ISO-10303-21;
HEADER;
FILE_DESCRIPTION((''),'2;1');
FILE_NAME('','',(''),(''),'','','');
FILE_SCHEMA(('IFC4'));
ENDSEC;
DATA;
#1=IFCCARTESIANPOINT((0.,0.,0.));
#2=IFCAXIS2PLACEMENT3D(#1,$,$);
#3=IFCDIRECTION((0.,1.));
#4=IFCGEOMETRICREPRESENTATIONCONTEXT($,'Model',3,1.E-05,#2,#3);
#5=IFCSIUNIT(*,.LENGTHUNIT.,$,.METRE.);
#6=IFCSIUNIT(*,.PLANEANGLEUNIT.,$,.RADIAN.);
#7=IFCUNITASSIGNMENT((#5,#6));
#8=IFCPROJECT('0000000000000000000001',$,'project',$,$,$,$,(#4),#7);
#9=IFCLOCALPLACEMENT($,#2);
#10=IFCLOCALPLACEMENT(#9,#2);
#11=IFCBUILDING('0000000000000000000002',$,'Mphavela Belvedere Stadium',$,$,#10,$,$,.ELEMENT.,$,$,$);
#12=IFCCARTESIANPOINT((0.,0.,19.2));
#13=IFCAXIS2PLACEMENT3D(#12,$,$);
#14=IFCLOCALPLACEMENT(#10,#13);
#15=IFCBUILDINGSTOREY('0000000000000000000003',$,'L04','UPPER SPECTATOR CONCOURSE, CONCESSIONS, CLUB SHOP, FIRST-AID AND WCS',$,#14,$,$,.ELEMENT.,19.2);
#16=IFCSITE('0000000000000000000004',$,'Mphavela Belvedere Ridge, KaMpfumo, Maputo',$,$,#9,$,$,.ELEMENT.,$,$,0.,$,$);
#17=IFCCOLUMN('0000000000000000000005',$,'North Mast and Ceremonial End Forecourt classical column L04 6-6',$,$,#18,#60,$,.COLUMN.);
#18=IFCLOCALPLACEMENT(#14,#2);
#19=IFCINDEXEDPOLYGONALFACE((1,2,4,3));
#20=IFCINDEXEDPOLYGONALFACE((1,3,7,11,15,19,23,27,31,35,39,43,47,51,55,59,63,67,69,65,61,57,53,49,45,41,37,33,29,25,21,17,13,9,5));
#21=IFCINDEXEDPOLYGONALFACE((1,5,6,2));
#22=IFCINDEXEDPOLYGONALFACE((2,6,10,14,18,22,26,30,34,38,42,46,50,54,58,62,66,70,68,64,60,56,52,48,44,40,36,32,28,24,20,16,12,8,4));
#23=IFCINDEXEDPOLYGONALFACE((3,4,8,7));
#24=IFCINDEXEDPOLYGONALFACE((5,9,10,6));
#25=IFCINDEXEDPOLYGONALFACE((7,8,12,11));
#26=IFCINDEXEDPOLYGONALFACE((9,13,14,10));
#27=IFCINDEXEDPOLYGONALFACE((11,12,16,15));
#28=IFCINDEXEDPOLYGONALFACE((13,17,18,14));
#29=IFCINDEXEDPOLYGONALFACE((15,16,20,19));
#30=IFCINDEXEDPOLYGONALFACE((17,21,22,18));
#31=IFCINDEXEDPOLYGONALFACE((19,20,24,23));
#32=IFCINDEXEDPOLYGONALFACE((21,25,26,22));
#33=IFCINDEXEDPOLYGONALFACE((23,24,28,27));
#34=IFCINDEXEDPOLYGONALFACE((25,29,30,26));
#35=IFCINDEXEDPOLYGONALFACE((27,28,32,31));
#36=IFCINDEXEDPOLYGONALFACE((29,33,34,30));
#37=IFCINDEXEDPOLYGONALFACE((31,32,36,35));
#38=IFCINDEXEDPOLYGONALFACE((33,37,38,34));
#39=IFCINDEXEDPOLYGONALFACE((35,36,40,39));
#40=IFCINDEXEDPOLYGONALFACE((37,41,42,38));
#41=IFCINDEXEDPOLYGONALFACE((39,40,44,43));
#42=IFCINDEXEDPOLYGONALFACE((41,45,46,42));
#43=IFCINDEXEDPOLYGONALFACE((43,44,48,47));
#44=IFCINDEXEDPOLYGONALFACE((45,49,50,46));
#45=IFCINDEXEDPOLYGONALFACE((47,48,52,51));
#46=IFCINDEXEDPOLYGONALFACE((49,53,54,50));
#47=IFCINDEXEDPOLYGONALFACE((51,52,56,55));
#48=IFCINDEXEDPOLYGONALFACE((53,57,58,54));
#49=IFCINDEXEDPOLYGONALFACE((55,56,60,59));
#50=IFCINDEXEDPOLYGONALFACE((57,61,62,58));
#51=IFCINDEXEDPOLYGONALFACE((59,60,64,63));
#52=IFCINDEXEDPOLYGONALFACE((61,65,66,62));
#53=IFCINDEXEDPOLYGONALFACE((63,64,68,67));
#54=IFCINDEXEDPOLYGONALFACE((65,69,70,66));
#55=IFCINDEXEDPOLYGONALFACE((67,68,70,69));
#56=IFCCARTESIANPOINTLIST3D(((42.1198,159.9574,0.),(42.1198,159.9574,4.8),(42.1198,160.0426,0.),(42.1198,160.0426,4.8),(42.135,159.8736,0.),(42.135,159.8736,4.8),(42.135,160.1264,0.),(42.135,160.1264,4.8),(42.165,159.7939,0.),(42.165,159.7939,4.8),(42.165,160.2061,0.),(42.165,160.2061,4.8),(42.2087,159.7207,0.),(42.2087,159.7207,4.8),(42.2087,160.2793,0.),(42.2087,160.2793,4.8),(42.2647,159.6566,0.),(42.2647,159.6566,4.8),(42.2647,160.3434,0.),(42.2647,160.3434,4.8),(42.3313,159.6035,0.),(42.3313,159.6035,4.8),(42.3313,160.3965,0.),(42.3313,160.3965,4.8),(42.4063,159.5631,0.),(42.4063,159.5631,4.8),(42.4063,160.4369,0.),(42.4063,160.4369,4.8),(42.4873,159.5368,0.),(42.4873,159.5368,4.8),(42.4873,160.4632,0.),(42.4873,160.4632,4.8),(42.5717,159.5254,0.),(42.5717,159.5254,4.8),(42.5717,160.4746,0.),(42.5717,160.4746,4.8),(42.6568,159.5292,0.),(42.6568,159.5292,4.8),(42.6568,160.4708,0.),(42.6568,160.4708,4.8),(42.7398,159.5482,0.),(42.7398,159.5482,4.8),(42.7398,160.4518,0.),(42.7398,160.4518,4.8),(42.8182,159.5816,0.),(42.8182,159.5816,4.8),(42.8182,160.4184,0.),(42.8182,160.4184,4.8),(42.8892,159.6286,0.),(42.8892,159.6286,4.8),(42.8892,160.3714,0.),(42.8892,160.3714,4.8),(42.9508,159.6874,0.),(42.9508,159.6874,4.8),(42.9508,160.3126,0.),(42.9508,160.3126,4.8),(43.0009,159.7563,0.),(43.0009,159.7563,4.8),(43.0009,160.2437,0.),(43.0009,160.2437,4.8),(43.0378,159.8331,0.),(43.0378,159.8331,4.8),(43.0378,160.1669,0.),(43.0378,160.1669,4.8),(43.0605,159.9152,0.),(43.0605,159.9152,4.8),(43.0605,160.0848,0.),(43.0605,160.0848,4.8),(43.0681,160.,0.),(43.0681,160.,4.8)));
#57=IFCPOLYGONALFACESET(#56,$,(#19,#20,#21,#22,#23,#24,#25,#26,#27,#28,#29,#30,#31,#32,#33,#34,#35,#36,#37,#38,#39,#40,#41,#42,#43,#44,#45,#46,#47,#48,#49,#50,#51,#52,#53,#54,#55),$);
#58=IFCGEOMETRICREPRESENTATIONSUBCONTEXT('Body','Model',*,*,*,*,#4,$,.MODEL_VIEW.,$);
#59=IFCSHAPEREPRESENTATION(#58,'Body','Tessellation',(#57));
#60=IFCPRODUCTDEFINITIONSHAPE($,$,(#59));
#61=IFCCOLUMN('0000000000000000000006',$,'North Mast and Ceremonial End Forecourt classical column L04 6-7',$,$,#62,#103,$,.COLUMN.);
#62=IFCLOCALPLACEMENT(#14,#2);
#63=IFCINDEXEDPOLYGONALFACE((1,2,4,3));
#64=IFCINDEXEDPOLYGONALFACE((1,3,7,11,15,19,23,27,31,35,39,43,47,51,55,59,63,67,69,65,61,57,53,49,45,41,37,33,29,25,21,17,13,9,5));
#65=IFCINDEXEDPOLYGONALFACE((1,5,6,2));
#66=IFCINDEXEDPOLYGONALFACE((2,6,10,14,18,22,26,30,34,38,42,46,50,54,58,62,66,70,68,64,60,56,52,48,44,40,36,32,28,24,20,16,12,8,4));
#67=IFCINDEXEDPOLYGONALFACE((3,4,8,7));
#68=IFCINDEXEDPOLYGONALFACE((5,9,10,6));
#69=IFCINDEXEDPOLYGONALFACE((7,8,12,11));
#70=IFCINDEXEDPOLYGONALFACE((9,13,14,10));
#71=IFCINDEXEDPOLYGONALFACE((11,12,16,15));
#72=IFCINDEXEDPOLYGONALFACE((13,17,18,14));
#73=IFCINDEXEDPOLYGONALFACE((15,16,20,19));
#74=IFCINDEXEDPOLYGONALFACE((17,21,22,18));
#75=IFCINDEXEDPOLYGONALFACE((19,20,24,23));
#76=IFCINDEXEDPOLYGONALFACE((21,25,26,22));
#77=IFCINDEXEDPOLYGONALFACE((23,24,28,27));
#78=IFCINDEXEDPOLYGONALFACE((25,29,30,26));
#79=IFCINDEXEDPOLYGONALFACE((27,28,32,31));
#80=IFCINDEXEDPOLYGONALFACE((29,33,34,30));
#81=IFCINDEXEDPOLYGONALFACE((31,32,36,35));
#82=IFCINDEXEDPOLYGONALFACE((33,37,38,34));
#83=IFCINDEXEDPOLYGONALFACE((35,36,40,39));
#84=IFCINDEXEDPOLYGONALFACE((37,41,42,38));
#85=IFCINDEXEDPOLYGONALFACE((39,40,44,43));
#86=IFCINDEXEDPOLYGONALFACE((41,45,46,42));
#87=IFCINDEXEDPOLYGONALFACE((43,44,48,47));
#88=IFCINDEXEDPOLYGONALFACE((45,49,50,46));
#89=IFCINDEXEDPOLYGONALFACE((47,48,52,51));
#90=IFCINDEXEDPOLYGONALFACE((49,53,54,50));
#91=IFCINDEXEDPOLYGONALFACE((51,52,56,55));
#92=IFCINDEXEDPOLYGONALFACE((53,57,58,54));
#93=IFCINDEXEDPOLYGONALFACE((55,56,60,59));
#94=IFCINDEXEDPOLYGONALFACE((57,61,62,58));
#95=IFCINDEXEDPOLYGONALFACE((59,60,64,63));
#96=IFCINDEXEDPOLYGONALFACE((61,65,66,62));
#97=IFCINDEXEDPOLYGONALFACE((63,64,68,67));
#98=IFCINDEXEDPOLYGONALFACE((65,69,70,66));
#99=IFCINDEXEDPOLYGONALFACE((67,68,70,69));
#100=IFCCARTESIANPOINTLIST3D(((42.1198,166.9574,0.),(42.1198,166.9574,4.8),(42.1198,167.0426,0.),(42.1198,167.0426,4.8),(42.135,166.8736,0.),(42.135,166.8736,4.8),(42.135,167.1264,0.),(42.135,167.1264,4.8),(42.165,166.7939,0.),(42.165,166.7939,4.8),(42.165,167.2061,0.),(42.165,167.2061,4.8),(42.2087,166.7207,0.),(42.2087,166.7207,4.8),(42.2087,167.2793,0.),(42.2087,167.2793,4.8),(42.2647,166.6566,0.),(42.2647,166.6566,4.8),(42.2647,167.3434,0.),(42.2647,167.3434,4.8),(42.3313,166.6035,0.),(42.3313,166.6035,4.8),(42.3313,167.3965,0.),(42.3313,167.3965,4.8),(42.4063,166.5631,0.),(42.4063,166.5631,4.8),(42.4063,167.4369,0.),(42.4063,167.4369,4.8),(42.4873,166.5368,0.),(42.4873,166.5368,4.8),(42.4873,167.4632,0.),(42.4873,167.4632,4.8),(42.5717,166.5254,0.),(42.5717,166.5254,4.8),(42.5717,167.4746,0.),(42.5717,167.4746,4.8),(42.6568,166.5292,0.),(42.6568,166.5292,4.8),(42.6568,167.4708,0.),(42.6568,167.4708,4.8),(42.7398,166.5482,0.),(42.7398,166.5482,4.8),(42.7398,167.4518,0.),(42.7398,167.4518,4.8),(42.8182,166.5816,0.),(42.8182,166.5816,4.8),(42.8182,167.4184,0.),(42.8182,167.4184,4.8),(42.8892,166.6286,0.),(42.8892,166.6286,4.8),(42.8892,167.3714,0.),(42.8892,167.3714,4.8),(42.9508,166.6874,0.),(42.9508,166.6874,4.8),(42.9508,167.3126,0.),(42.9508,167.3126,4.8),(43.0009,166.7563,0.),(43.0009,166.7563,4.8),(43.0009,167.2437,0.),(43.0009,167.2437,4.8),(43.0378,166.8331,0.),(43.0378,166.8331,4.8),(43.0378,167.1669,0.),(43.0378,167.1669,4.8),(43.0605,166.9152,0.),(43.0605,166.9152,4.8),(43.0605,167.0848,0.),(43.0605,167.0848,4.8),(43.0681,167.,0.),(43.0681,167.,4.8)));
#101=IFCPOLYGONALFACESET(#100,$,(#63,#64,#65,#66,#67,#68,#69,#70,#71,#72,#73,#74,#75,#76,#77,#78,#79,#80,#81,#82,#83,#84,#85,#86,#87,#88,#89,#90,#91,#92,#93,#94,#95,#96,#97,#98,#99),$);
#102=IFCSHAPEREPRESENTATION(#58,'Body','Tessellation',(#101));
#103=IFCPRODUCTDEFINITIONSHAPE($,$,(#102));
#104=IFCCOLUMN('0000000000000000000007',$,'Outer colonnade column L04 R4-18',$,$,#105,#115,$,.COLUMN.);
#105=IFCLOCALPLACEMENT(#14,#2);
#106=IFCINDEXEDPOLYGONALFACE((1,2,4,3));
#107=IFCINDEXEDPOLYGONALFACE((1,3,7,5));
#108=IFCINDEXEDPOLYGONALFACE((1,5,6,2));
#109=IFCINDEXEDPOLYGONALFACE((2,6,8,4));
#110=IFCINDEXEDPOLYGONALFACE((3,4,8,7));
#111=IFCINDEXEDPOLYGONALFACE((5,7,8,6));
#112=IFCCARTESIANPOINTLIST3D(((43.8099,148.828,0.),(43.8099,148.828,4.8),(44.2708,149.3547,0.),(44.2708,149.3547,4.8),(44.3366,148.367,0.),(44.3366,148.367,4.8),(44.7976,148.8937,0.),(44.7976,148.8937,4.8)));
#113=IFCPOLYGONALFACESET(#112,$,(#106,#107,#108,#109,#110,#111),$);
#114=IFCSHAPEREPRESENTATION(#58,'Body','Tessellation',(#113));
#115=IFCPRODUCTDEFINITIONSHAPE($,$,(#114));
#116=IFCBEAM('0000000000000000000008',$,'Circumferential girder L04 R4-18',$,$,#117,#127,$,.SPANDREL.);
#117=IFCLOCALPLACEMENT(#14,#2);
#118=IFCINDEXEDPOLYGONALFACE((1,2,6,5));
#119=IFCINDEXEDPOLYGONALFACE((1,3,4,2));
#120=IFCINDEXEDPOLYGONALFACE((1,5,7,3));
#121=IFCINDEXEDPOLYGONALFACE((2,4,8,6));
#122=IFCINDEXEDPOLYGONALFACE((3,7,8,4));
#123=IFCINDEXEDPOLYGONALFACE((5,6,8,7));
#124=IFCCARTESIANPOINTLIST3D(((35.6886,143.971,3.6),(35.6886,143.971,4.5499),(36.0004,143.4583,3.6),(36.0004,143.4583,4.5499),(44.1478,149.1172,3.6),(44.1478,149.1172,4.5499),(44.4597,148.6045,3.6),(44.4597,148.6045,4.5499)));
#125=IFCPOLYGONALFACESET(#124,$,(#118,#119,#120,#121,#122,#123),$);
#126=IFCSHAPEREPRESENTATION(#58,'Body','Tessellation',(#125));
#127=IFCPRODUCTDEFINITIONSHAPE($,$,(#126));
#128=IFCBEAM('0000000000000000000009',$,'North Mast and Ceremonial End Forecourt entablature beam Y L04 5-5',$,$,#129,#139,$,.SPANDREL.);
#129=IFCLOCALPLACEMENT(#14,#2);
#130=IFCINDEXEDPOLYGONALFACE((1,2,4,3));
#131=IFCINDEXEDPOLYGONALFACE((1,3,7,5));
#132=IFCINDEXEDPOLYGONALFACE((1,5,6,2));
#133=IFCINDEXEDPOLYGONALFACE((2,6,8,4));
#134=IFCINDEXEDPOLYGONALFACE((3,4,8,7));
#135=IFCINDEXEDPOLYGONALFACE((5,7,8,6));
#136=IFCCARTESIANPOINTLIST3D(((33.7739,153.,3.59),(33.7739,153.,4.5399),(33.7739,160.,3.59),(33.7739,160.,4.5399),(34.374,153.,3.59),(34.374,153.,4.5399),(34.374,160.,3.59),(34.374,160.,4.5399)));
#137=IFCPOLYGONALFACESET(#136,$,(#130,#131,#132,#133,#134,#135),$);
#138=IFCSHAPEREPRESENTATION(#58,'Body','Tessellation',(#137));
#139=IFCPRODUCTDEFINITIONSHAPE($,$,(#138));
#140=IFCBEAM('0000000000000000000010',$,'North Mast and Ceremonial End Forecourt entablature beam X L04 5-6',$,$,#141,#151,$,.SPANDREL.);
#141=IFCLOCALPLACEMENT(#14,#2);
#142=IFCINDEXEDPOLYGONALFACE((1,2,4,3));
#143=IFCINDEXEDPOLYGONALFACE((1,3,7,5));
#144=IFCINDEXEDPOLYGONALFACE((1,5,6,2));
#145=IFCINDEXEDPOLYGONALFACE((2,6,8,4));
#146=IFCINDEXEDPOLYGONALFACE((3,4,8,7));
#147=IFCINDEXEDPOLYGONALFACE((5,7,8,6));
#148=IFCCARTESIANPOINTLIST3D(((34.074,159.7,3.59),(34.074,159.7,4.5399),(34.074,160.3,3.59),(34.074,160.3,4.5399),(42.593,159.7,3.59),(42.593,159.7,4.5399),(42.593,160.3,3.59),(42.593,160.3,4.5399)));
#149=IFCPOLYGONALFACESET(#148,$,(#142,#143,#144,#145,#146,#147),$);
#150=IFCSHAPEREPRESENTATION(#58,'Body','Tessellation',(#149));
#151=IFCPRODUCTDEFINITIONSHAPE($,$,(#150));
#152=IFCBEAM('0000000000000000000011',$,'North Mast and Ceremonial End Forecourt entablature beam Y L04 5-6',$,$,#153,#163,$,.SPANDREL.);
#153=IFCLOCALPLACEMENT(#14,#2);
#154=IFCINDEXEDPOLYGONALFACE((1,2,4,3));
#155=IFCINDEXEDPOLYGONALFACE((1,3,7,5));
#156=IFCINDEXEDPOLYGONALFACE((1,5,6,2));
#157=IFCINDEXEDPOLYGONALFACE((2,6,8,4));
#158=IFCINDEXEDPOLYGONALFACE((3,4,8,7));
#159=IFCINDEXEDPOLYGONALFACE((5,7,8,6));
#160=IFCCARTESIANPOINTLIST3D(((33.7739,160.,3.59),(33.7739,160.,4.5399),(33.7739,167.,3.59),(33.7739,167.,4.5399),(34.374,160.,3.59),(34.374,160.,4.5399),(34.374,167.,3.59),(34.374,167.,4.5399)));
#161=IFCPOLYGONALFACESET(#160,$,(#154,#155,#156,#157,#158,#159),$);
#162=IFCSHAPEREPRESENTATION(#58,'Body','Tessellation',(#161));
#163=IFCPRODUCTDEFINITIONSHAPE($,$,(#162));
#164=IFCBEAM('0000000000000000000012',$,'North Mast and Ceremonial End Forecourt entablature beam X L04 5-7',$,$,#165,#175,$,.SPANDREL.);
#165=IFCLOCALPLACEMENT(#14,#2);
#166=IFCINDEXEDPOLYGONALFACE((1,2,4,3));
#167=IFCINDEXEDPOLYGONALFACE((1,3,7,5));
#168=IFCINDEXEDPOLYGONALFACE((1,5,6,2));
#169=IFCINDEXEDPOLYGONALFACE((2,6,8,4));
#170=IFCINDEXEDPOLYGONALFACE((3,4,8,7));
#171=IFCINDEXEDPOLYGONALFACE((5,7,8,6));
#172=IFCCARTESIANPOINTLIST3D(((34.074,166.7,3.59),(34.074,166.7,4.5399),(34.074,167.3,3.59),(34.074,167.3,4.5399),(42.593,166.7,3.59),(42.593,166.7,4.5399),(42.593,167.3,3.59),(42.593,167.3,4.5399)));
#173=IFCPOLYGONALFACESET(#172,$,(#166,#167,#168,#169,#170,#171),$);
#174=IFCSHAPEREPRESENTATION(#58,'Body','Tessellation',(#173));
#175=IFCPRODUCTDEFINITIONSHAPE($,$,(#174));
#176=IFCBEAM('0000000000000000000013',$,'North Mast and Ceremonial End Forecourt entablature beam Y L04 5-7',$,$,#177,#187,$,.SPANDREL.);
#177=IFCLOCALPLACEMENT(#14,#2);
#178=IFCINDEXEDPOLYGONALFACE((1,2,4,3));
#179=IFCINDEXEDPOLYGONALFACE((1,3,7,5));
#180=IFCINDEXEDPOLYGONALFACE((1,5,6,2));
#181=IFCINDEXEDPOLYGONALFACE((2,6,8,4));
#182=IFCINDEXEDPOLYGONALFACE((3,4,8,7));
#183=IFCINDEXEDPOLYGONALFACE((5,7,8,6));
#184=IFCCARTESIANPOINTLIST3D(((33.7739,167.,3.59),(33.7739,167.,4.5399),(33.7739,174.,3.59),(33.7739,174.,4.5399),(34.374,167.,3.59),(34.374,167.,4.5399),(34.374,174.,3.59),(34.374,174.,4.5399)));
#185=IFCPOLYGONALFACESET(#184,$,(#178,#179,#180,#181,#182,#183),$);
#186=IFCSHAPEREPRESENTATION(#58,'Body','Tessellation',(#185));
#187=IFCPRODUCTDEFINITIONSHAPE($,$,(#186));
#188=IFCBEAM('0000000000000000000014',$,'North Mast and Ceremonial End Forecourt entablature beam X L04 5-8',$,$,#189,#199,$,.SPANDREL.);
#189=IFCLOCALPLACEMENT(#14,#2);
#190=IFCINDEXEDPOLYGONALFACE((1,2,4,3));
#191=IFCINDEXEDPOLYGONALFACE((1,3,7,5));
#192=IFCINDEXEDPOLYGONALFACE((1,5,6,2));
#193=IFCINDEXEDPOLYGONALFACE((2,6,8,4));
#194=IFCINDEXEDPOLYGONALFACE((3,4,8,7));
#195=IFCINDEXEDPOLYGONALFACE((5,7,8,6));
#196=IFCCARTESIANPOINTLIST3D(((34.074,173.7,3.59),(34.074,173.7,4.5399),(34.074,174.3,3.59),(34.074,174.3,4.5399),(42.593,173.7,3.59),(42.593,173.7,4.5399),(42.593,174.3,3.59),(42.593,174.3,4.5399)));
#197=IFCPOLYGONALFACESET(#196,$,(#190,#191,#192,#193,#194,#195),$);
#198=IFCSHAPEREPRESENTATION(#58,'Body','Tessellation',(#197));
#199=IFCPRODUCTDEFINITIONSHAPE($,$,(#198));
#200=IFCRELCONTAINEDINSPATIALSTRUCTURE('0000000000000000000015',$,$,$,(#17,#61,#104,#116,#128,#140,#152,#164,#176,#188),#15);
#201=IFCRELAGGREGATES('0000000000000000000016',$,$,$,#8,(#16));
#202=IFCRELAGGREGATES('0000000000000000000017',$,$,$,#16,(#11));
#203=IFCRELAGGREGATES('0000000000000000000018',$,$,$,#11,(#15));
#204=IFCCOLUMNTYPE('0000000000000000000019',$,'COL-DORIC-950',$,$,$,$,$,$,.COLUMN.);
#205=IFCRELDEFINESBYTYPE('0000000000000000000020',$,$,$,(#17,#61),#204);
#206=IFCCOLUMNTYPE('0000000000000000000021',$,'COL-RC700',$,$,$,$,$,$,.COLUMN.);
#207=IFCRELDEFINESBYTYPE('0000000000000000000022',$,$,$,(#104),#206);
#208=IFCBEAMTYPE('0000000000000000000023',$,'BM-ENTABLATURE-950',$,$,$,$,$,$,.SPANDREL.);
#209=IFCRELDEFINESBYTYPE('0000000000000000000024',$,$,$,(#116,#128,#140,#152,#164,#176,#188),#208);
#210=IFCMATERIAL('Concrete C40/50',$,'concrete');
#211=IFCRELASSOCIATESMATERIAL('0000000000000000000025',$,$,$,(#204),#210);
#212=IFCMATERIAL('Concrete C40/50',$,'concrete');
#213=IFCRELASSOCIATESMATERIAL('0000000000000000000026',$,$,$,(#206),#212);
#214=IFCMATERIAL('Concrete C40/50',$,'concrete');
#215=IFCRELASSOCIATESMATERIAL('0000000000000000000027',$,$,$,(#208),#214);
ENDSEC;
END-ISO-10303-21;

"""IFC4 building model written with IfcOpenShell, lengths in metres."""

from ifc_helpers import new_model, si_unit, direction, frame, origin, origin_2d, place, context, subcontext, project, spatial, rectangle, circle, extrude, material, material_profile, profile_set, type_object, element, save


model = new_model("IFC4")

# Units and contexts
model_context = context("Model", 3, precision=1e-05, world=origin(), true_north=direction((0.0, 1.0)))
body_context = subcontext(model_context, "Body", "Model", "MODEL_VIEW")
ifc_project = project(units=[si_unit("LENGTHUNIT", "METRE"), si_unit("PLANEANGLEUNIT", "RADIAN")], contexts=[model_context])

# Site, building, storey
site_placement = place(None, origin())
site = spatial("IfcSite", under=ifc_project, at=site_placement, Name="Mphavela Belvedere Ridge, KaMpfumo, Maputo", CompositionType="ELEMENT", RefElevation=0.0)
building_placement = place(site_placement, origin())
building = spatial("IfcBuilding", under=site, at=building_placement, Name="Mphavela Belvedere Stadium", CompositionType="ELEMENT")
storey_placement = place(building_placement, frame((0.0, 0.0, 19.2)))
storey = spatial("IfcBuildingStorey", under=building, at=storey_placement, Name="L04", Description="UPPER SPECTATOR CONCOURSE, CONCESSIONS, CLUB SHOP, FIRST-AID AND WCS", CompositionType="ELEMENT", Elevation=19.2)

# Columns
ifc_material_1 = material(Name="Concrete C40/50", Category="concrete")
ifc_material_profile_1 = material_profile(ifc_material_1, circle(Radius=0.4751, at=origin_2d()), Name="COL D950")
ifc_profile_set_1 = profile_set([ifc_material_profile_1], Name="Concrete C40/50")
column_type_1 = type_object("IfcColumnType", Name="COL-DORIC-950", PredefinedType="COLUMN", material=ifc_profile_set_1)
for number, where, z_axis, x_axis, name in (
    (1, (42.593, 160.0, 0.0), (0.0, 0.0, 1.0), (1.0, 0.0, 0.0), "North Mast and Ceremonial End Forecourt classical column L04 6-6"),
    (2, (42.593, 167.0, 0.0), (0.0, 0.0, 1.0), (1.0, 0.0, 0.0), "North Mast and Ceremonial End Forecourt classical column L04 6-7"),
):
    element("IfcColumn", number, at=place(storey_placement, frame(where, z_axis=z_axis, x_axis=x_axis)), inside=storey, type_object=column_type_1, Name=name, PredefinedType="COLUMN", context=body_context, shape_type="SweptSolid", body=[
        extrude(circle(Radius=0.4751, at=origin_2d()), origin(), (0.0, 0.0, 1.0), 4.8),
    ])
ifc_material_2 = material(Name="Concrete C40/50", Category="concrete")
ifc_material_profile_2 = material_profile(ifc_material_2, rectangle(XDim=0.7, YDim=0.7, at=origin_2d()), Name="RC 700x700")
ifc_profile_set_2 = profile_set([ifc_material_profile_2], Name="Concrete C40/50")
column_type_2 = type_object("IfcColumnType", Name="COL-RC700", PredefinedType="COLUMN", material=ifc_profile_set_2)
column_placement = place(storey_placement, frame((44.3037, 148.8608, 0.0), z_axis=(0.0, 0.0, 1.0), x_axis=(-0.75253, 0.658558, 0.0)))
element("IfcColumn", 3, at=column_placement, inside=storey, type_object=column_type_2, Name="Outer colonnade column L04 R4-18", PredefinedType="COLUMN", context=body_context, shape_type="SweptSolid", body=[
    extrude(rectangle(XDim=0.7, YDim=0.7, at=origin_2d()), origin(), (0.0, 0.0, 1.0), 4.8),
])

# Beams
ifc_material_3 = material(Name="Concrete C40/50", Category="concrete")
ifc_material_profile_3 = material_profile(ifc_material_3, rectangle(XDim=0.6001, YDim=0.95, at=origin_2d()), Name="RC 600x950")
ifc_profile_set_3 = profile_set([ifc_material_profile_3], Name="Concrete C40/50")
beam_type_1 = type_object("IfcBeamType", Name="BM-ENTABLATURE-950", PredefinedType="SPANDREL", material=ifc_profile_set_3)
beam_1_placement = place(storey_placement, frame((44.3037, 148.8608, 4.075), z_axis=(-0.854327, -0.519737, 0.0), x_axis=(0.519737, -0.854327, 0.0)))
element("IfcBeam", 4, at=beam_1_placement, inside=storey, type_object=beam_type_1, Name="Circumferential girder L04 R4-18", PredefinedType="SPANDREL", context=body_context, shape_type="SweptSolid", body=[
    extrude(rectangle(XDim=0.6001, YDim=0.95, at=origin_2d()), origin(), (0.0, 0.0, 1.0), 9.9016),
])
beam_2_placement = place(storey_placement, frame((34.074, 153.0, 4.0649), z_axis=(0.0, 1.0, 0.0), x_axis=(-1.0, 0.0, 0.0)))
element("IfcBeam", 5, at=beam_2_placement, inside=storey, type_object=beam_type_1, Name="North Mast and Ceremonial End Forecourt entablature beam Y L04 5-5", PredefinedType="SPANDREL", context=body_context, shape_type="SweptSolid", body=[
    extrude(rectangle(XDim=0.6001, YDim=0.95, at=origin_2d()), origin(), (0.0, 0.0, 1.0), 7.0),
])
beam_3_placement = place(storey_placement, frame((34.074, 160.0, 4.0649), z_axis=(1.0, 0.0, 0.0), x_axis=(0.0, 1.0, 0.0)))
element("IfcBeam", 6, at=beam_3_placement, inside=storey, type_object=beam_type_1, Name="North Mast and Ceremonial End Forecourt entablature beam X L04 5-6", PredefinedType="SPANDREL", context=body_context, shape_type="SweptSolid", body=[
    extrude(rectangle(XDim=0.6001, YDim=0.95, at=origin_2d()), origin(), (0.0, 0.0, 1.0), 8.519),
])
beam_4_placement = place(storey_placement, frame((34.074, 160.0, 4.0649), z_axis=(0.0, 1.0, 0.0), x_axis=(-1.0, 0.0, 0.0)))
element("IfcBeam", 7, at=beam_4_placement, inside=storey, type_object=beam_type_1, Name="North Mast and Ceremonial End Forecourt entablature beam Y L04 5-6", PredefinedType="SPANDREL", context=body_context, shape_type="SweptSolid", body=[
    extrude(rectangle(XDim=0.6001, YDim=0.95, at=origin_2d()), origin(), (0.0, 0.0, 1.0), 7.0),
])
beam_5_placement = place(storey_placement, frame((34.074, 167.0, 4.0649), z_axis=(1.0, 0.0, 0.0), x_axis=(0.0, 1.0, 0.0)))
element("IfcBeam", 8, at=beam_5_placement, inside=storey, type_object=beam_type_1, Name="North Mast and Ceremonial End Forecourt entablature beam X L04 5-7", PredefinedType="SPANDREL", context=body_context, shape_type="SweptSolid", body=[
    extrude(rectangle(XDim=0.6001, YDim=0.95, at=origin_2d()), origin(), (0.0, 0.0, 1.0), 8.519),
])
beam_6_placement = place(storey_placement, frame((34.074, 167.0, 4.0649), z_axis=(0.0, 1.0, 0.0), x_axis=(-1.0, 0.0, 0.0)))
element("IfcBeam", 9, at=beam_6_placement, inside=storey, type_object=beam_type_1, Name="North Mast and Ceremonial End Forecourt entablature beam Y L04 5-7", PredefinedType="SPANDREL", context=body_context, shape_type="SweptSolid", body=[
    extrude(rectangle(XDim=0.6001, YDim=0.95, at=origin_2d()), origin(), (0.0, 0.0, 1.0), 7.0),
])
beam_7_placement = place(storey_placement, frame((34.074, 174.0, 4.0649), z_axis=(1.0, 0.0, 0.0), x_axis=(0.0, 1.0, 0.0)))
element("IfcBeam", 10, at=beam_7_placement, inside=storey, type_object=beam_type_1, Name="North Mast and Ceremonial End Forecourt entablature beam X L04 5-8", PredefinedType="SPANDREL", context=body_context, shape_type="SweptSolid", body=[
    extrude(rectangle(XDim=0.6001, YDim=0.95, at=origin_2d()), origin(), (0.0, 0.0, 1.0), 8.519),
])

save(model, "model.ifc")
